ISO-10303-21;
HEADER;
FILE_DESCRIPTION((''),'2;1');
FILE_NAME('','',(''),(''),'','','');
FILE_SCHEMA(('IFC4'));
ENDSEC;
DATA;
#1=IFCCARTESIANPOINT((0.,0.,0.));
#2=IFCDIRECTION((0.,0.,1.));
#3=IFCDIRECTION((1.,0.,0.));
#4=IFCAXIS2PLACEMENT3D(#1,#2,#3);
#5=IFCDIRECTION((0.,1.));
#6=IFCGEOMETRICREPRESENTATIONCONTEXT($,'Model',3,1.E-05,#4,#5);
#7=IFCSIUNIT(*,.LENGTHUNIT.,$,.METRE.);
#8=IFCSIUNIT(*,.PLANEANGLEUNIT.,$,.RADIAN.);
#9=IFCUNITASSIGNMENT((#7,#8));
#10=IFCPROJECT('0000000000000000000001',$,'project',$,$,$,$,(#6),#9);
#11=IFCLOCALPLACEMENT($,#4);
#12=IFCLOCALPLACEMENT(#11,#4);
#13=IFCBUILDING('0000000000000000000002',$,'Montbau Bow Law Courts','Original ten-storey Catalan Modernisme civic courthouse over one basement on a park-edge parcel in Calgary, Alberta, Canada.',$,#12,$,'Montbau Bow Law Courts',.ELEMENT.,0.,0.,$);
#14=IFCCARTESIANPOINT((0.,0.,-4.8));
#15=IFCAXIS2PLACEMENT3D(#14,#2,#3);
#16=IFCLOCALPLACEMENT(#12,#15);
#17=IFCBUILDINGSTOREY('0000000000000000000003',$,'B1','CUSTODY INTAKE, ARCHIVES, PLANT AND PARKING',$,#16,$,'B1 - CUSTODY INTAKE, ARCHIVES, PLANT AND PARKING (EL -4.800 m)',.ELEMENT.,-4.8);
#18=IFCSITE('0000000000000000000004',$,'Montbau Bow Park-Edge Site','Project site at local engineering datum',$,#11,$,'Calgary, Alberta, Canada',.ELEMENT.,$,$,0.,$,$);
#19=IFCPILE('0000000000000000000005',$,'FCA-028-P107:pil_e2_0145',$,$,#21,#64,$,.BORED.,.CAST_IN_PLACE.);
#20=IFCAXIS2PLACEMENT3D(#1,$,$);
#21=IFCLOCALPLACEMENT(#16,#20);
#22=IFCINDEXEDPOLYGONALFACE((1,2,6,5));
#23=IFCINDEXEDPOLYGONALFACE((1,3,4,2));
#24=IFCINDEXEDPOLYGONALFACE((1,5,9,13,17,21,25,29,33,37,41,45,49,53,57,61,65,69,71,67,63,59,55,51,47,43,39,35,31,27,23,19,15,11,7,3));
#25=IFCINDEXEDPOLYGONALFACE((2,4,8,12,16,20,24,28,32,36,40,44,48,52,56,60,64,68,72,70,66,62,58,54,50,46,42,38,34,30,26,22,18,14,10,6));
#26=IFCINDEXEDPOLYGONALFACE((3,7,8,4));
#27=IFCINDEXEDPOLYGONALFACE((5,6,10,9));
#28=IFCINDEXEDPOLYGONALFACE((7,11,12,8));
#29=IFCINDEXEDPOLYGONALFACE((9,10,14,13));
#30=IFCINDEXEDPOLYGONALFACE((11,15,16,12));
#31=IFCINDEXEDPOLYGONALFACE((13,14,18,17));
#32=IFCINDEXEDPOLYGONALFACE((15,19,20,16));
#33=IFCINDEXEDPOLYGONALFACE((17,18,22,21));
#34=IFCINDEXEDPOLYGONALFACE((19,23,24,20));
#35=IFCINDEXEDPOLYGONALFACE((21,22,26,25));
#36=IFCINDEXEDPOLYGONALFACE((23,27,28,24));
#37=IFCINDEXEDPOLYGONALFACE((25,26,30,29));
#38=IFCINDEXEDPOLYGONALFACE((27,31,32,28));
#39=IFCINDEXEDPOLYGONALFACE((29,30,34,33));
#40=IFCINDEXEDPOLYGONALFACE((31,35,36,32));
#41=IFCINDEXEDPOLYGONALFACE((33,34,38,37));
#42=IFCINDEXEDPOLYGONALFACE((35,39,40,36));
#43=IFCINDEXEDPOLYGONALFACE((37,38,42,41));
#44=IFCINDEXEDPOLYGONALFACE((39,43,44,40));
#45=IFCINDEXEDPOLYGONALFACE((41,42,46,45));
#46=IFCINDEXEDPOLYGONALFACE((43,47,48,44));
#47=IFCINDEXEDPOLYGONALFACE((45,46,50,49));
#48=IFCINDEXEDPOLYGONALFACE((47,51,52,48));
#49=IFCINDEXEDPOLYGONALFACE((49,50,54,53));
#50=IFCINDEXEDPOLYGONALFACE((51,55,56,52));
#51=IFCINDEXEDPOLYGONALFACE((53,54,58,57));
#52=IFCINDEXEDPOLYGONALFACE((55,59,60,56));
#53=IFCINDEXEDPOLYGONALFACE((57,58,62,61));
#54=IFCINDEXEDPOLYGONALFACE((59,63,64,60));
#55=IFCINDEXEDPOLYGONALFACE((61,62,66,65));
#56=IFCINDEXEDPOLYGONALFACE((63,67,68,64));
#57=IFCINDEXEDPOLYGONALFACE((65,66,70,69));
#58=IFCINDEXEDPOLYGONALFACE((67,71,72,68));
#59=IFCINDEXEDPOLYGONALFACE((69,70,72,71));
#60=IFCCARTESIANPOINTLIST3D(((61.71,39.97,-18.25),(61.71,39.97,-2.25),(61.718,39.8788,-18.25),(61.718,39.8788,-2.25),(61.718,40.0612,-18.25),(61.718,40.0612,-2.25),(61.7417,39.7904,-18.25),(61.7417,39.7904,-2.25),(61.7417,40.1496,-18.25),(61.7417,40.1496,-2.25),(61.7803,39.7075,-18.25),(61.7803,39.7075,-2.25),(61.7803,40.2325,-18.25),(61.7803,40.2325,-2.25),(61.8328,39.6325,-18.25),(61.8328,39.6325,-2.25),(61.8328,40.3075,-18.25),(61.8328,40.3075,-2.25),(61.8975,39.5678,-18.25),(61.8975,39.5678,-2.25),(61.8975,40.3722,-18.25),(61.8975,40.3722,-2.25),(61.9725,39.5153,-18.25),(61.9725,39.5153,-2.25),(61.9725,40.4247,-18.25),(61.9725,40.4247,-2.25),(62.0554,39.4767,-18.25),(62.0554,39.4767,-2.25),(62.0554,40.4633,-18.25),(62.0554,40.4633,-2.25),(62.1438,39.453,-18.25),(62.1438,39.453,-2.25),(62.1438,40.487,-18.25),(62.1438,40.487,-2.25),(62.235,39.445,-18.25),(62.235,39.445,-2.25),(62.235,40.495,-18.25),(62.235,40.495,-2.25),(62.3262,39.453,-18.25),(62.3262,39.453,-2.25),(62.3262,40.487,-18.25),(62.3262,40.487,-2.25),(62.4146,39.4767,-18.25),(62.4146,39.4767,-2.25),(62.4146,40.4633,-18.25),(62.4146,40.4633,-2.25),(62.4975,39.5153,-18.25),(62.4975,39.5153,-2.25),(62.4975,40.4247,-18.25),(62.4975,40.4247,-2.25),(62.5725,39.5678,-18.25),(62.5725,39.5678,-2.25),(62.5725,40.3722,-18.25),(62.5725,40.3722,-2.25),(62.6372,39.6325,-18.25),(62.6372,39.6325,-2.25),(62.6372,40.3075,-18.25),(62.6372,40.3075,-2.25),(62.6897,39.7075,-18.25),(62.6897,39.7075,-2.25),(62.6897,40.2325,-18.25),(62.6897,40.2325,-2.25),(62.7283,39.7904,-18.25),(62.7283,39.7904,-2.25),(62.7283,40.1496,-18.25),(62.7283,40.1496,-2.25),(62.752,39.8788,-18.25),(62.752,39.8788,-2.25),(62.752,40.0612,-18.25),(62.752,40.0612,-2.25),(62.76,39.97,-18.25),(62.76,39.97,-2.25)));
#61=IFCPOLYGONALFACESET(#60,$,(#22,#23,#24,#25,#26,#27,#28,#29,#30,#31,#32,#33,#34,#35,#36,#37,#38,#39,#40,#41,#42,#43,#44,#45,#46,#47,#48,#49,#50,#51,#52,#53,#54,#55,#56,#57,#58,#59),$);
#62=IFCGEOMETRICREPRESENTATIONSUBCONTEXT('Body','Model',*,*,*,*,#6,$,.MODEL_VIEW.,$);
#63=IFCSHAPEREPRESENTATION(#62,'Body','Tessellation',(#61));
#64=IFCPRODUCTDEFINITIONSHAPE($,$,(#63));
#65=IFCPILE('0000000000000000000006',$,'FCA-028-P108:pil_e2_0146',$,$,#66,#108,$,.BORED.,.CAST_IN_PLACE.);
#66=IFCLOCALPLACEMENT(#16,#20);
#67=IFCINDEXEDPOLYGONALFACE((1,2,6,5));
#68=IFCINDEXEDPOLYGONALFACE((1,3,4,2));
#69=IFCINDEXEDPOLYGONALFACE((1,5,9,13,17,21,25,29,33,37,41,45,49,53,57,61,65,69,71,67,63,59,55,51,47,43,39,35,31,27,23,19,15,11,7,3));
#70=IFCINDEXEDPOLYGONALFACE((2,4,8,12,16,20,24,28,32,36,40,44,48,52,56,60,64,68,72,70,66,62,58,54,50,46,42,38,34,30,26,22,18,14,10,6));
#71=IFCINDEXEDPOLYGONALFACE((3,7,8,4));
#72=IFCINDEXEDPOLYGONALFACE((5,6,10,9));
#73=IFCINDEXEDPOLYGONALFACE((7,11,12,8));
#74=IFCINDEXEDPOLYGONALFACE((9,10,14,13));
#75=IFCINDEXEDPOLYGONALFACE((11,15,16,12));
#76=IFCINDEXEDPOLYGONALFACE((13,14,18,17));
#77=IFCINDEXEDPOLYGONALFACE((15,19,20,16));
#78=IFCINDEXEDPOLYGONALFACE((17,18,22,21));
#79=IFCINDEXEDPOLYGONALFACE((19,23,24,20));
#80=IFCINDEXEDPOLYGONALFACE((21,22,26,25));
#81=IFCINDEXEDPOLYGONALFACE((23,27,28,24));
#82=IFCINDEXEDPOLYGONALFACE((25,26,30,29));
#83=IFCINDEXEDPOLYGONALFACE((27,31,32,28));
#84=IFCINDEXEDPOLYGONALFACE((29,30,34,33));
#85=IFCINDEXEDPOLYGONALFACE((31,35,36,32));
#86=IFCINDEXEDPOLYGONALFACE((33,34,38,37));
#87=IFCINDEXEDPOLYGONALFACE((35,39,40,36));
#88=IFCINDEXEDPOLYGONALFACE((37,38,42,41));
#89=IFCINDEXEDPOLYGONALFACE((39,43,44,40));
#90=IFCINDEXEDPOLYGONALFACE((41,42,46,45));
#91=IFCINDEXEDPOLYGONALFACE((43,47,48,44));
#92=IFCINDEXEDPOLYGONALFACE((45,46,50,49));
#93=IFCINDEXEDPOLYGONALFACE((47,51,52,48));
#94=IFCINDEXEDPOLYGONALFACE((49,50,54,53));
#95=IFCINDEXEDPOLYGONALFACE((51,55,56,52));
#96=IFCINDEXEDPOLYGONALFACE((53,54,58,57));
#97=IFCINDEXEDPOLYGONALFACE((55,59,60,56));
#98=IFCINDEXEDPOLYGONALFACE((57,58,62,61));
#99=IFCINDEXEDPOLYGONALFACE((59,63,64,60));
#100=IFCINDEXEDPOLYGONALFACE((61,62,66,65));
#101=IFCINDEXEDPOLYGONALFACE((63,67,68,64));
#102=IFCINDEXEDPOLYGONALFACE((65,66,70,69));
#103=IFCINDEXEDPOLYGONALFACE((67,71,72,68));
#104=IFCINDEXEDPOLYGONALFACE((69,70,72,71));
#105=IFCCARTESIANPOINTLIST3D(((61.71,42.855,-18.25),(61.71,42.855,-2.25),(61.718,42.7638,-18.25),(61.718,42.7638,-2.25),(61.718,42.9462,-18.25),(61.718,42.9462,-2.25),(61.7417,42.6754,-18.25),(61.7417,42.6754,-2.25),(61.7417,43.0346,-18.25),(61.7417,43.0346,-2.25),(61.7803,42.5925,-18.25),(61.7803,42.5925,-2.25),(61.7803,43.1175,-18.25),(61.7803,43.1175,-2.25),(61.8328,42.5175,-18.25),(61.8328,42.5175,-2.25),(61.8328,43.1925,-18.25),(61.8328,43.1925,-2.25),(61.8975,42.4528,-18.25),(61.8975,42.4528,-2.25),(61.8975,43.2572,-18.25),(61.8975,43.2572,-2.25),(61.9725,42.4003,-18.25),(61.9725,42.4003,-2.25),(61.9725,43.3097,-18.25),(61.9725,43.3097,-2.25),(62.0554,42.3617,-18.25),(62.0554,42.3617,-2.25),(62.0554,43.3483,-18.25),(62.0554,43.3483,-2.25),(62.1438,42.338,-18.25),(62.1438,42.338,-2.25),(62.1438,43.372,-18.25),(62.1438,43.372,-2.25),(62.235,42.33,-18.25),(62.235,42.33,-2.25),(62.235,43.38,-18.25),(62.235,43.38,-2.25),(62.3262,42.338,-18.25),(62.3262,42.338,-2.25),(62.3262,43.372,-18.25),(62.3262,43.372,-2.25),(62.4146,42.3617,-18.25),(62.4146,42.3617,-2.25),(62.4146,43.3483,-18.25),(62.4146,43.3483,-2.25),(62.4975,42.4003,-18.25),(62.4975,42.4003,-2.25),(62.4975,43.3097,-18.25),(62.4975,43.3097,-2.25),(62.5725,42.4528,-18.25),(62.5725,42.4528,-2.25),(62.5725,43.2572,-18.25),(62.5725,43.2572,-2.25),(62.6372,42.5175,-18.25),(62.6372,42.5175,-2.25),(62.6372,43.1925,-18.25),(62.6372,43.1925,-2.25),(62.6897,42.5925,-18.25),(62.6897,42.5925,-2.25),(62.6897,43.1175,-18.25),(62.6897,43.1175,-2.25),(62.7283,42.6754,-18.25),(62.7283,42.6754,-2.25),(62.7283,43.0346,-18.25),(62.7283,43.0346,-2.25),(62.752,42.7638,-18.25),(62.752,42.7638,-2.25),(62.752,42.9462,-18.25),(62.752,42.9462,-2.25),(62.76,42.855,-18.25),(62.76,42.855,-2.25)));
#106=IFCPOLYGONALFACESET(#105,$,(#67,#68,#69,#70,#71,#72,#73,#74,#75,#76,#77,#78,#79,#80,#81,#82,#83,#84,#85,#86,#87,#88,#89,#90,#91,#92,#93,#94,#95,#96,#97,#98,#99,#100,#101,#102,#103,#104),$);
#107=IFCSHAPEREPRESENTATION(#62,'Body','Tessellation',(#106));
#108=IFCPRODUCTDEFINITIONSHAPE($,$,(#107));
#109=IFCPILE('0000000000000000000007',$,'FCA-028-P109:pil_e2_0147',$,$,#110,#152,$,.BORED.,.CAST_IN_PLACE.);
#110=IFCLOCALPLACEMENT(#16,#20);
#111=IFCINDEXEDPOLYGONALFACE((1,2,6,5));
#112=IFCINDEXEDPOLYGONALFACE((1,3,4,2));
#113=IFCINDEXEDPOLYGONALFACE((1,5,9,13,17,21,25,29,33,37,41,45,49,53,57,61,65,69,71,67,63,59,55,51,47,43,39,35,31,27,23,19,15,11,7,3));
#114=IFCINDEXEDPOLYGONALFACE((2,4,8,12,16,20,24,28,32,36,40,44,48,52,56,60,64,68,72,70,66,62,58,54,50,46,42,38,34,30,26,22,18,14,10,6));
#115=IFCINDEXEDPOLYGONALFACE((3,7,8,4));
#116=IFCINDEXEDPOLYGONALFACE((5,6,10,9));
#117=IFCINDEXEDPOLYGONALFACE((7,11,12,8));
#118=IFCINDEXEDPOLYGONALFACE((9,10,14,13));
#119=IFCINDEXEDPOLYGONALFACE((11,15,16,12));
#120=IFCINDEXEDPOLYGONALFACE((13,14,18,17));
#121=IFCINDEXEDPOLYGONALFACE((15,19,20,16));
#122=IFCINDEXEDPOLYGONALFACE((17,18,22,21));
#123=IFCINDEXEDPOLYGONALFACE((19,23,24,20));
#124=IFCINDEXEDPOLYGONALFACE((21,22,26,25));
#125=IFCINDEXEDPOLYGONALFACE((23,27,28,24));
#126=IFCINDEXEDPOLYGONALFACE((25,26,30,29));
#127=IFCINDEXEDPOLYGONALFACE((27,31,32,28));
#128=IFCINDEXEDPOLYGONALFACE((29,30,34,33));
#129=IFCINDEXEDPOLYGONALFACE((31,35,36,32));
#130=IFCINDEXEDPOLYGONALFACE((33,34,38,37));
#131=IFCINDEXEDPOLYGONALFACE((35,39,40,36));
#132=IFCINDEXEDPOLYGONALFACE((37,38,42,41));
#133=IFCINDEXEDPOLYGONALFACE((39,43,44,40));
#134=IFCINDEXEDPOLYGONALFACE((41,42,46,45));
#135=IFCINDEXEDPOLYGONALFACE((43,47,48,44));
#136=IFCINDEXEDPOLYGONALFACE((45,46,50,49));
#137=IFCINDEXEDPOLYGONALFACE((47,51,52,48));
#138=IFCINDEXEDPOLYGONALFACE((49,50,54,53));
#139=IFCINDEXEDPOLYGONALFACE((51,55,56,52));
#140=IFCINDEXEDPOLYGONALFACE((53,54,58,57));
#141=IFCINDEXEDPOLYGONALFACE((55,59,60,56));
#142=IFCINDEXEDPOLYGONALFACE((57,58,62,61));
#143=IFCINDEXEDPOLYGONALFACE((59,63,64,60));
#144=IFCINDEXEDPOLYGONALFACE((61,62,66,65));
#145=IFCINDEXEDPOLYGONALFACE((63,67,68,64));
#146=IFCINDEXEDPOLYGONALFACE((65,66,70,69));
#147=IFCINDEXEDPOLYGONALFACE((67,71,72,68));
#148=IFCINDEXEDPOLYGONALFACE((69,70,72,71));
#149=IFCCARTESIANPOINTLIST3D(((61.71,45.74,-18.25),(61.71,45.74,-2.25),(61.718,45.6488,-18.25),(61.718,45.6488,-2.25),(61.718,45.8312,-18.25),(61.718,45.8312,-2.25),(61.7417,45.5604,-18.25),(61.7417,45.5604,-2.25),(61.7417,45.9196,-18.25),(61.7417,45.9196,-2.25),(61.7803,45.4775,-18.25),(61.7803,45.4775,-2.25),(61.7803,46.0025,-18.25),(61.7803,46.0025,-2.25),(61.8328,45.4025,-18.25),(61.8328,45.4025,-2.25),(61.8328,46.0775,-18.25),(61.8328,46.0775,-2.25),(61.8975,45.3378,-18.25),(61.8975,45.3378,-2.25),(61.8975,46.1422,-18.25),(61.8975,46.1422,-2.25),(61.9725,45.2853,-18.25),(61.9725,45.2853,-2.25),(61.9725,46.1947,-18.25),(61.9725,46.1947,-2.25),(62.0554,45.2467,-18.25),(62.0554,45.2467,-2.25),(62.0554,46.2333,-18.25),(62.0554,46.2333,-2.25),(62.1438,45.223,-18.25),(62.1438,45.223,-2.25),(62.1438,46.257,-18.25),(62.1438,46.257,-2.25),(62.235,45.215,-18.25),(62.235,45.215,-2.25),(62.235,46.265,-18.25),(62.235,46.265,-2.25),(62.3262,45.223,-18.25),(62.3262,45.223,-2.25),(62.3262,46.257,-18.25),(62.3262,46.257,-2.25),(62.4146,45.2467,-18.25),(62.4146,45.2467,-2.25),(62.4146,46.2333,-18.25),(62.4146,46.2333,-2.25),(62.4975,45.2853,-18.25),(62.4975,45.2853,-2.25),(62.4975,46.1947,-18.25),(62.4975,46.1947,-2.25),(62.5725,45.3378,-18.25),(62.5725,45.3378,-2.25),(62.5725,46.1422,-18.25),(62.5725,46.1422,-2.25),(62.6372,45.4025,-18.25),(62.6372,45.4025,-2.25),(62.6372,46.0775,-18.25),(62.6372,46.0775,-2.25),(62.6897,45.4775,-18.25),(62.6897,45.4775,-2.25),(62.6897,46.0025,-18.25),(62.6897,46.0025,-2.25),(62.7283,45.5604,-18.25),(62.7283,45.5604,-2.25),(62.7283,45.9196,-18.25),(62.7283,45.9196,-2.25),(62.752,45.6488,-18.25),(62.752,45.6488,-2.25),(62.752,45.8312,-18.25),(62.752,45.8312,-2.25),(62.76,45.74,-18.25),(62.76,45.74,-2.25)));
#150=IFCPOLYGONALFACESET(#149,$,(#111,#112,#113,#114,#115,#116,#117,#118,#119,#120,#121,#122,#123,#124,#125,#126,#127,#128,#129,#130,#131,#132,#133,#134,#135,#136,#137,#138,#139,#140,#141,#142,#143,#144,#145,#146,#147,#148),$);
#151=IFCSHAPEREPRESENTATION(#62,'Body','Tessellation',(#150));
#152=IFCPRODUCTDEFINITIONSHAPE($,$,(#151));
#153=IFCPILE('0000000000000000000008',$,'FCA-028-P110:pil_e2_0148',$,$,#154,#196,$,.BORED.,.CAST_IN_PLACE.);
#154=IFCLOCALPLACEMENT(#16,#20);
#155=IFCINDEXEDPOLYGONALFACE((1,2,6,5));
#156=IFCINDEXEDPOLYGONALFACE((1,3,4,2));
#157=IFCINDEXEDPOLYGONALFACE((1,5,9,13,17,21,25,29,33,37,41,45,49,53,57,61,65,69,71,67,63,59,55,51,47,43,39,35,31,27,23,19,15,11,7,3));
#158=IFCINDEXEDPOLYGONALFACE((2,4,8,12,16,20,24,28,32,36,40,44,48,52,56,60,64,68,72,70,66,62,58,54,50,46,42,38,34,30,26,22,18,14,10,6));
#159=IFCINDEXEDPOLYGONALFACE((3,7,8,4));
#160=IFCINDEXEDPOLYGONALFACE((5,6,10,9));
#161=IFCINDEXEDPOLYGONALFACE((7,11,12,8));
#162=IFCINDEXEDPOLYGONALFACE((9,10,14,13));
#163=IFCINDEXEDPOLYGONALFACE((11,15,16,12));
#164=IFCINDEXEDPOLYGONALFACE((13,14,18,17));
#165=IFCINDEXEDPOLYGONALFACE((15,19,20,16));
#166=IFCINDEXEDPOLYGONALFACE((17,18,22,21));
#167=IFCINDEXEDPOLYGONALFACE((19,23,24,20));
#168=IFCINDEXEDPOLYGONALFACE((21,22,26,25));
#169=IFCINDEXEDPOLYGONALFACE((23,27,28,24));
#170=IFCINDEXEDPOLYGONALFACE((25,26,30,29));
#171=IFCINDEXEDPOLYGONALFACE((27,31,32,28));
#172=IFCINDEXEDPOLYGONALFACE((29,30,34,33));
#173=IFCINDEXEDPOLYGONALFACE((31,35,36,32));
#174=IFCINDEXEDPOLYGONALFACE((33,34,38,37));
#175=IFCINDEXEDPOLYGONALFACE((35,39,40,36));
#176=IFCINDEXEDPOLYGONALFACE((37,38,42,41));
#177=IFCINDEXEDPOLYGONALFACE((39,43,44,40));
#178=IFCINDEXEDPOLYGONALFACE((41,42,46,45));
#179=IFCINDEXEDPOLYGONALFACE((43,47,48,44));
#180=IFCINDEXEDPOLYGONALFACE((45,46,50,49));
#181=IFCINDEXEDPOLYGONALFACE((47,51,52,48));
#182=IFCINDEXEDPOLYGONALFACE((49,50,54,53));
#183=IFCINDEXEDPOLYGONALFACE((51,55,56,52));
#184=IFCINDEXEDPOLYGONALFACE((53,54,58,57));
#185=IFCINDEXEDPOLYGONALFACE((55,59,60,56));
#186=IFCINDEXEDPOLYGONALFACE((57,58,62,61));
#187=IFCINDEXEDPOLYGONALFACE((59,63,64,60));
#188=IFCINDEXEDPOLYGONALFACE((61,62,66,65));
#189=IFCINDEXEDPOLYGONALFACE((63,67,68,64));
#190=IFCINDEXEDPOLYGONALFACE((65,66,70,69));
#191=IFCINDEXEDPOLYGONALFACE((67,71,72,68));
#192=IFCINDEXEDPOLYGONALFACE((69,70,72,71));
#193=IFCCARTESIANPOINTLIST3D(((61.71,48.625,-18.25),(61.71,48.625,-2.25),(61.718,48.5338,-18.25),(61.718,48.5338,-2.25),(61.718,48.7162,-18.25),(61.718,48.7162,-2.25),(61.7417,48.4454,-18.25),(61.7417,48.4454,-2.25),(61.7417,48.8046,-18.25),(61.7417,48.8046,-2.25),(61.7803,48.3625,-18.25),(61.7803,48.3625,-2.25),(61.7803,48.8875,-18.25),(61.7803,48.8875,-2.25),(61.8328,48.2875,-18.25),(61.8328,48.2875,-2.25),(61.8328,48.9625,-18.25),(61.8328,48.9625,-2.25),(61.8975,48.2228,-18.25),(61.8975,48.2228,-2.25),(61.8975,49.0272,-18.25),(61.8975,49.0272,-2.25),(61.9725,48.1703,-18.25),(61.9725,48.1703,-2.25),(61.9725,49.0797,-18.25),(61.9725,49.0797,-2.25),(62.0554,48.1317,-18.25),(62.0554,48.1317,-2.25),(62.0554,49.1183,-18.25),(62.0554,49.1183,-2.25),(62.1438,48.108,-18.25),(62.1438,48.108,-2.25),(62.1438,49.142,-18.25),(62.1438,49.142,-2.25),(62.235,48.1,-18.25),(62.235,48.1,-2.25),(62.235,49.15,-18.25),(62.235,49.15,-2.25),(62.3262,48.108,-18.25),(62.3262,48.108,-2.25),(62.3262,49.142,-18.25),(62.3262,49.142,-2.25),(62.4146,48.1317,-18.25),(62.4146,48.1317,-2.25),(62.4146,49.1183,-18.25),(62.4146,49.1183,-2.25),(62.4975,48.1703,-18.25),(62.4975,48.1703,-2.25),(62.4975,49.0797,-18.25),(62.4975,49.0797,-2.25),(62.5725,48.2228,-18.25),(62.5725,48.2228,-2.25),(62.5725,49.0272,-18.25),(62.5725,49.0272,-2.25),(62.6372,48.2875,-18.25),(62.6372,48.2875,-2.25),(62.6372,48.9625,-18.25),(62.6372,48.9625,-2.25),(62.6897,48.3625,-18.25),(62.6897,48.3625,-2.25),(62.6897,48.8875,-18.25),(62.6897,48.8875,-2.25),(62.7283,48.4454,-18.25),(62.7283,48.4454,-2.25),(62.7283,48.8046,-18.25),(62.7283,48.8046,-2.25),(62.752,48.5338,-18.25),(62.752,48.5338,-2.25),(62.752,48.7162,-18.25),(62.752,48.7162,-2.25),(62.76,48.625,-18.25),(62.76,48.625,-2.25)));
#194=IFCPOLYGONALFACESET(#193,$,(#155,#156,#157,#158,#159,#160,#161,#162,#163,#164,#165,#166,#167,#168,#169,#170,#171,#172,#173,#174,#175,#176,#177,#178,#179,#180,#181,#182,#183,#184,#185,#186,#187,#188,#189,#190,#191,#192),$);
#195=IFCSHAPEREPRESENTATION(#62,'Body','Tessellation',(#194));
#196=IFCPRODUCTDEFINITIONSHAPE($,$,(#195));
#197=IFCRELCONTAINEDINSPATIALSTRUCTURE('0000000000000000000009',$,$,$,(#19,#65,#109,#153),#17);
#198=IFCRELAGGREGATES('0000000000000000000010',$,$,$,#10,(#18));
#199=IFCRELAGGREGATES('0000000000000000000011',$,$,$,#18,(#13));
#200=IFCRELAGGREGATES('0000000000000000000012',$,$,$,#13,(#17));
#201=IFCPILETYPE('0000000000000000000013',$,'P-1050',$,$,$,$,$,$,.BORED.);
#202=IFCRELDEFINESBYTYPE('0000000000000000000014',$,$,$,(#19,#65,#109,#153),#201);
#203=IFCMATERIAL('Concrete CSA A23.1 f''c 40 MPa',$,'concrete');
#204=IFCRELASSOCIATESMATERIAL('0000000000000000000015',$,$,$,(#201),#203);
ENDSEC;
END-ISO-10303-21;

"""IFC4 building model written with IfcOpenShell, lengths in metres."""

from ifc_helpers import new_model, si_unit, direction, frame, origin_with_axes, origin_2d_with_axis, place, context, subcontext, project, spatial, circle, extrude, material, material_profile, profile_set, type_object, element, save


model = new_model("IFC4")

# Units and contexts
model_context = context("Model", 3, precision=1e-05, world=origin_with_axes(), true_north=direction((0.0, 1.0)))
body_context = subcontext(model_context, "Body", "Model", "MODEL_VIEW")
ifc_project = project(units=[si_unit("LENGTHUNIT", "METRE"), si_unit("PLANEANGLEUNIT", "RADIAN")], contexts=[model_context])

# Site, building, storey
site_placement = place(None, origin_with_axes())
site = spatial("IfcSite", under=ifc_project, at=site_placement, Name="Montbau Bow Park-Edge Site", Description="Project site at local engineering datum", LongName="Calgary, Alberta, Canada", CompositionType="ELEMENT", RefElevation=0.0)
building_placement = place(site_placement, origin_with_axes())
building = spatial("IfcBuilding", under=site, at=building_placement, Name="Montbau Bow Law Courts", Description="Original ten-storey Catalan Modernisme civic courthouse over one basement on a park-edge parcel in Calgary, Alberta, Canada.", LongName="Montbau Bow Law Courts", CompositionType="ELEMENT", ElevationOfRefHeight=0.0, ElevationOfTerrain=0.0)
storey_placement = place(building_placement, frame((0.0, 0.0, -4.8), z_axis=(0.0, 0.0, 1.0), x_axis=(1.0, 0.0, 0.0)))
storey = spatial("IfcBuildingStorey", under=building, at=storey_placement, Name="B1", Description="CUSTODY INTAKE, ARCHIVES, PLANT AND PARKING", LongName="B1 - CUSTODY INTAKE, ARCHIVES, PLANT AND PARKING (EL -4.800 m)", CompositionType="ELEMENT", Elevation=-4.8)

# Piles
ifc_material_1 = material(Name="Concrete CSA A23.1 f'c 40 MPa", Category="concrete")
ifc_material_profile_1 = material_profile(ifc_material_1, circle(Radius=0.525, at=origin_2d_with_axis()), Name="BP1050", Category="Main", Priority=0)
ifc_profile_set_1 = profile_set([ifc_material_profile_1], Name="Concrete CSA A23.1 f'c 40 MPa")
pile_type = type_object("IfcPileType", Name="P-1050", PredefinedType="BORED", material=ifc_profile_set_1)
for number, where, z_axis, x_axis, name in (
    (1, (62.235, 39.97, -23.05), (0.0, 0.0, 1.0), (1.0, 0.0, 0.0), "FCA-028-P107:pil_e2_0145"),
    (2, (62.235, 42.855, -23.05), (0.0, 0.0, 1.0), (1.0, 0.0, 0.0), "FCA-028-P108:pil_e2_0146"),
    (3, (62.235, 45.74, -23.05), (0.0, 0.0, 1.0), (1.0, 0.0, 0.0), "FCA-028-P109:pil_e2_0147"),
    (4, (62.235, 48.625, -23.05), (0.0, 0.0, 1.0), (1.0, 0.0, 0.0), "FCA-028-P110:pil_e2_0148"),
):
    element("IfcPile", number, at=place(None, frame(where, z_axis=z_axis, x_axis=x_axis)), inside=storey, type_object=pile_type, Name=name, ConstructionType="CAST_IN_PLACE", PredefinedType="BORED", context=body_context, shape_type="SweptSolid", body=[
        extrude(circle(Radius=0.525, at=origin_2d_with_axis()), origin_with_axes(), (0.0, 0.0, 1.0), 16.0),
    ])

save(model, "model.ifc")
